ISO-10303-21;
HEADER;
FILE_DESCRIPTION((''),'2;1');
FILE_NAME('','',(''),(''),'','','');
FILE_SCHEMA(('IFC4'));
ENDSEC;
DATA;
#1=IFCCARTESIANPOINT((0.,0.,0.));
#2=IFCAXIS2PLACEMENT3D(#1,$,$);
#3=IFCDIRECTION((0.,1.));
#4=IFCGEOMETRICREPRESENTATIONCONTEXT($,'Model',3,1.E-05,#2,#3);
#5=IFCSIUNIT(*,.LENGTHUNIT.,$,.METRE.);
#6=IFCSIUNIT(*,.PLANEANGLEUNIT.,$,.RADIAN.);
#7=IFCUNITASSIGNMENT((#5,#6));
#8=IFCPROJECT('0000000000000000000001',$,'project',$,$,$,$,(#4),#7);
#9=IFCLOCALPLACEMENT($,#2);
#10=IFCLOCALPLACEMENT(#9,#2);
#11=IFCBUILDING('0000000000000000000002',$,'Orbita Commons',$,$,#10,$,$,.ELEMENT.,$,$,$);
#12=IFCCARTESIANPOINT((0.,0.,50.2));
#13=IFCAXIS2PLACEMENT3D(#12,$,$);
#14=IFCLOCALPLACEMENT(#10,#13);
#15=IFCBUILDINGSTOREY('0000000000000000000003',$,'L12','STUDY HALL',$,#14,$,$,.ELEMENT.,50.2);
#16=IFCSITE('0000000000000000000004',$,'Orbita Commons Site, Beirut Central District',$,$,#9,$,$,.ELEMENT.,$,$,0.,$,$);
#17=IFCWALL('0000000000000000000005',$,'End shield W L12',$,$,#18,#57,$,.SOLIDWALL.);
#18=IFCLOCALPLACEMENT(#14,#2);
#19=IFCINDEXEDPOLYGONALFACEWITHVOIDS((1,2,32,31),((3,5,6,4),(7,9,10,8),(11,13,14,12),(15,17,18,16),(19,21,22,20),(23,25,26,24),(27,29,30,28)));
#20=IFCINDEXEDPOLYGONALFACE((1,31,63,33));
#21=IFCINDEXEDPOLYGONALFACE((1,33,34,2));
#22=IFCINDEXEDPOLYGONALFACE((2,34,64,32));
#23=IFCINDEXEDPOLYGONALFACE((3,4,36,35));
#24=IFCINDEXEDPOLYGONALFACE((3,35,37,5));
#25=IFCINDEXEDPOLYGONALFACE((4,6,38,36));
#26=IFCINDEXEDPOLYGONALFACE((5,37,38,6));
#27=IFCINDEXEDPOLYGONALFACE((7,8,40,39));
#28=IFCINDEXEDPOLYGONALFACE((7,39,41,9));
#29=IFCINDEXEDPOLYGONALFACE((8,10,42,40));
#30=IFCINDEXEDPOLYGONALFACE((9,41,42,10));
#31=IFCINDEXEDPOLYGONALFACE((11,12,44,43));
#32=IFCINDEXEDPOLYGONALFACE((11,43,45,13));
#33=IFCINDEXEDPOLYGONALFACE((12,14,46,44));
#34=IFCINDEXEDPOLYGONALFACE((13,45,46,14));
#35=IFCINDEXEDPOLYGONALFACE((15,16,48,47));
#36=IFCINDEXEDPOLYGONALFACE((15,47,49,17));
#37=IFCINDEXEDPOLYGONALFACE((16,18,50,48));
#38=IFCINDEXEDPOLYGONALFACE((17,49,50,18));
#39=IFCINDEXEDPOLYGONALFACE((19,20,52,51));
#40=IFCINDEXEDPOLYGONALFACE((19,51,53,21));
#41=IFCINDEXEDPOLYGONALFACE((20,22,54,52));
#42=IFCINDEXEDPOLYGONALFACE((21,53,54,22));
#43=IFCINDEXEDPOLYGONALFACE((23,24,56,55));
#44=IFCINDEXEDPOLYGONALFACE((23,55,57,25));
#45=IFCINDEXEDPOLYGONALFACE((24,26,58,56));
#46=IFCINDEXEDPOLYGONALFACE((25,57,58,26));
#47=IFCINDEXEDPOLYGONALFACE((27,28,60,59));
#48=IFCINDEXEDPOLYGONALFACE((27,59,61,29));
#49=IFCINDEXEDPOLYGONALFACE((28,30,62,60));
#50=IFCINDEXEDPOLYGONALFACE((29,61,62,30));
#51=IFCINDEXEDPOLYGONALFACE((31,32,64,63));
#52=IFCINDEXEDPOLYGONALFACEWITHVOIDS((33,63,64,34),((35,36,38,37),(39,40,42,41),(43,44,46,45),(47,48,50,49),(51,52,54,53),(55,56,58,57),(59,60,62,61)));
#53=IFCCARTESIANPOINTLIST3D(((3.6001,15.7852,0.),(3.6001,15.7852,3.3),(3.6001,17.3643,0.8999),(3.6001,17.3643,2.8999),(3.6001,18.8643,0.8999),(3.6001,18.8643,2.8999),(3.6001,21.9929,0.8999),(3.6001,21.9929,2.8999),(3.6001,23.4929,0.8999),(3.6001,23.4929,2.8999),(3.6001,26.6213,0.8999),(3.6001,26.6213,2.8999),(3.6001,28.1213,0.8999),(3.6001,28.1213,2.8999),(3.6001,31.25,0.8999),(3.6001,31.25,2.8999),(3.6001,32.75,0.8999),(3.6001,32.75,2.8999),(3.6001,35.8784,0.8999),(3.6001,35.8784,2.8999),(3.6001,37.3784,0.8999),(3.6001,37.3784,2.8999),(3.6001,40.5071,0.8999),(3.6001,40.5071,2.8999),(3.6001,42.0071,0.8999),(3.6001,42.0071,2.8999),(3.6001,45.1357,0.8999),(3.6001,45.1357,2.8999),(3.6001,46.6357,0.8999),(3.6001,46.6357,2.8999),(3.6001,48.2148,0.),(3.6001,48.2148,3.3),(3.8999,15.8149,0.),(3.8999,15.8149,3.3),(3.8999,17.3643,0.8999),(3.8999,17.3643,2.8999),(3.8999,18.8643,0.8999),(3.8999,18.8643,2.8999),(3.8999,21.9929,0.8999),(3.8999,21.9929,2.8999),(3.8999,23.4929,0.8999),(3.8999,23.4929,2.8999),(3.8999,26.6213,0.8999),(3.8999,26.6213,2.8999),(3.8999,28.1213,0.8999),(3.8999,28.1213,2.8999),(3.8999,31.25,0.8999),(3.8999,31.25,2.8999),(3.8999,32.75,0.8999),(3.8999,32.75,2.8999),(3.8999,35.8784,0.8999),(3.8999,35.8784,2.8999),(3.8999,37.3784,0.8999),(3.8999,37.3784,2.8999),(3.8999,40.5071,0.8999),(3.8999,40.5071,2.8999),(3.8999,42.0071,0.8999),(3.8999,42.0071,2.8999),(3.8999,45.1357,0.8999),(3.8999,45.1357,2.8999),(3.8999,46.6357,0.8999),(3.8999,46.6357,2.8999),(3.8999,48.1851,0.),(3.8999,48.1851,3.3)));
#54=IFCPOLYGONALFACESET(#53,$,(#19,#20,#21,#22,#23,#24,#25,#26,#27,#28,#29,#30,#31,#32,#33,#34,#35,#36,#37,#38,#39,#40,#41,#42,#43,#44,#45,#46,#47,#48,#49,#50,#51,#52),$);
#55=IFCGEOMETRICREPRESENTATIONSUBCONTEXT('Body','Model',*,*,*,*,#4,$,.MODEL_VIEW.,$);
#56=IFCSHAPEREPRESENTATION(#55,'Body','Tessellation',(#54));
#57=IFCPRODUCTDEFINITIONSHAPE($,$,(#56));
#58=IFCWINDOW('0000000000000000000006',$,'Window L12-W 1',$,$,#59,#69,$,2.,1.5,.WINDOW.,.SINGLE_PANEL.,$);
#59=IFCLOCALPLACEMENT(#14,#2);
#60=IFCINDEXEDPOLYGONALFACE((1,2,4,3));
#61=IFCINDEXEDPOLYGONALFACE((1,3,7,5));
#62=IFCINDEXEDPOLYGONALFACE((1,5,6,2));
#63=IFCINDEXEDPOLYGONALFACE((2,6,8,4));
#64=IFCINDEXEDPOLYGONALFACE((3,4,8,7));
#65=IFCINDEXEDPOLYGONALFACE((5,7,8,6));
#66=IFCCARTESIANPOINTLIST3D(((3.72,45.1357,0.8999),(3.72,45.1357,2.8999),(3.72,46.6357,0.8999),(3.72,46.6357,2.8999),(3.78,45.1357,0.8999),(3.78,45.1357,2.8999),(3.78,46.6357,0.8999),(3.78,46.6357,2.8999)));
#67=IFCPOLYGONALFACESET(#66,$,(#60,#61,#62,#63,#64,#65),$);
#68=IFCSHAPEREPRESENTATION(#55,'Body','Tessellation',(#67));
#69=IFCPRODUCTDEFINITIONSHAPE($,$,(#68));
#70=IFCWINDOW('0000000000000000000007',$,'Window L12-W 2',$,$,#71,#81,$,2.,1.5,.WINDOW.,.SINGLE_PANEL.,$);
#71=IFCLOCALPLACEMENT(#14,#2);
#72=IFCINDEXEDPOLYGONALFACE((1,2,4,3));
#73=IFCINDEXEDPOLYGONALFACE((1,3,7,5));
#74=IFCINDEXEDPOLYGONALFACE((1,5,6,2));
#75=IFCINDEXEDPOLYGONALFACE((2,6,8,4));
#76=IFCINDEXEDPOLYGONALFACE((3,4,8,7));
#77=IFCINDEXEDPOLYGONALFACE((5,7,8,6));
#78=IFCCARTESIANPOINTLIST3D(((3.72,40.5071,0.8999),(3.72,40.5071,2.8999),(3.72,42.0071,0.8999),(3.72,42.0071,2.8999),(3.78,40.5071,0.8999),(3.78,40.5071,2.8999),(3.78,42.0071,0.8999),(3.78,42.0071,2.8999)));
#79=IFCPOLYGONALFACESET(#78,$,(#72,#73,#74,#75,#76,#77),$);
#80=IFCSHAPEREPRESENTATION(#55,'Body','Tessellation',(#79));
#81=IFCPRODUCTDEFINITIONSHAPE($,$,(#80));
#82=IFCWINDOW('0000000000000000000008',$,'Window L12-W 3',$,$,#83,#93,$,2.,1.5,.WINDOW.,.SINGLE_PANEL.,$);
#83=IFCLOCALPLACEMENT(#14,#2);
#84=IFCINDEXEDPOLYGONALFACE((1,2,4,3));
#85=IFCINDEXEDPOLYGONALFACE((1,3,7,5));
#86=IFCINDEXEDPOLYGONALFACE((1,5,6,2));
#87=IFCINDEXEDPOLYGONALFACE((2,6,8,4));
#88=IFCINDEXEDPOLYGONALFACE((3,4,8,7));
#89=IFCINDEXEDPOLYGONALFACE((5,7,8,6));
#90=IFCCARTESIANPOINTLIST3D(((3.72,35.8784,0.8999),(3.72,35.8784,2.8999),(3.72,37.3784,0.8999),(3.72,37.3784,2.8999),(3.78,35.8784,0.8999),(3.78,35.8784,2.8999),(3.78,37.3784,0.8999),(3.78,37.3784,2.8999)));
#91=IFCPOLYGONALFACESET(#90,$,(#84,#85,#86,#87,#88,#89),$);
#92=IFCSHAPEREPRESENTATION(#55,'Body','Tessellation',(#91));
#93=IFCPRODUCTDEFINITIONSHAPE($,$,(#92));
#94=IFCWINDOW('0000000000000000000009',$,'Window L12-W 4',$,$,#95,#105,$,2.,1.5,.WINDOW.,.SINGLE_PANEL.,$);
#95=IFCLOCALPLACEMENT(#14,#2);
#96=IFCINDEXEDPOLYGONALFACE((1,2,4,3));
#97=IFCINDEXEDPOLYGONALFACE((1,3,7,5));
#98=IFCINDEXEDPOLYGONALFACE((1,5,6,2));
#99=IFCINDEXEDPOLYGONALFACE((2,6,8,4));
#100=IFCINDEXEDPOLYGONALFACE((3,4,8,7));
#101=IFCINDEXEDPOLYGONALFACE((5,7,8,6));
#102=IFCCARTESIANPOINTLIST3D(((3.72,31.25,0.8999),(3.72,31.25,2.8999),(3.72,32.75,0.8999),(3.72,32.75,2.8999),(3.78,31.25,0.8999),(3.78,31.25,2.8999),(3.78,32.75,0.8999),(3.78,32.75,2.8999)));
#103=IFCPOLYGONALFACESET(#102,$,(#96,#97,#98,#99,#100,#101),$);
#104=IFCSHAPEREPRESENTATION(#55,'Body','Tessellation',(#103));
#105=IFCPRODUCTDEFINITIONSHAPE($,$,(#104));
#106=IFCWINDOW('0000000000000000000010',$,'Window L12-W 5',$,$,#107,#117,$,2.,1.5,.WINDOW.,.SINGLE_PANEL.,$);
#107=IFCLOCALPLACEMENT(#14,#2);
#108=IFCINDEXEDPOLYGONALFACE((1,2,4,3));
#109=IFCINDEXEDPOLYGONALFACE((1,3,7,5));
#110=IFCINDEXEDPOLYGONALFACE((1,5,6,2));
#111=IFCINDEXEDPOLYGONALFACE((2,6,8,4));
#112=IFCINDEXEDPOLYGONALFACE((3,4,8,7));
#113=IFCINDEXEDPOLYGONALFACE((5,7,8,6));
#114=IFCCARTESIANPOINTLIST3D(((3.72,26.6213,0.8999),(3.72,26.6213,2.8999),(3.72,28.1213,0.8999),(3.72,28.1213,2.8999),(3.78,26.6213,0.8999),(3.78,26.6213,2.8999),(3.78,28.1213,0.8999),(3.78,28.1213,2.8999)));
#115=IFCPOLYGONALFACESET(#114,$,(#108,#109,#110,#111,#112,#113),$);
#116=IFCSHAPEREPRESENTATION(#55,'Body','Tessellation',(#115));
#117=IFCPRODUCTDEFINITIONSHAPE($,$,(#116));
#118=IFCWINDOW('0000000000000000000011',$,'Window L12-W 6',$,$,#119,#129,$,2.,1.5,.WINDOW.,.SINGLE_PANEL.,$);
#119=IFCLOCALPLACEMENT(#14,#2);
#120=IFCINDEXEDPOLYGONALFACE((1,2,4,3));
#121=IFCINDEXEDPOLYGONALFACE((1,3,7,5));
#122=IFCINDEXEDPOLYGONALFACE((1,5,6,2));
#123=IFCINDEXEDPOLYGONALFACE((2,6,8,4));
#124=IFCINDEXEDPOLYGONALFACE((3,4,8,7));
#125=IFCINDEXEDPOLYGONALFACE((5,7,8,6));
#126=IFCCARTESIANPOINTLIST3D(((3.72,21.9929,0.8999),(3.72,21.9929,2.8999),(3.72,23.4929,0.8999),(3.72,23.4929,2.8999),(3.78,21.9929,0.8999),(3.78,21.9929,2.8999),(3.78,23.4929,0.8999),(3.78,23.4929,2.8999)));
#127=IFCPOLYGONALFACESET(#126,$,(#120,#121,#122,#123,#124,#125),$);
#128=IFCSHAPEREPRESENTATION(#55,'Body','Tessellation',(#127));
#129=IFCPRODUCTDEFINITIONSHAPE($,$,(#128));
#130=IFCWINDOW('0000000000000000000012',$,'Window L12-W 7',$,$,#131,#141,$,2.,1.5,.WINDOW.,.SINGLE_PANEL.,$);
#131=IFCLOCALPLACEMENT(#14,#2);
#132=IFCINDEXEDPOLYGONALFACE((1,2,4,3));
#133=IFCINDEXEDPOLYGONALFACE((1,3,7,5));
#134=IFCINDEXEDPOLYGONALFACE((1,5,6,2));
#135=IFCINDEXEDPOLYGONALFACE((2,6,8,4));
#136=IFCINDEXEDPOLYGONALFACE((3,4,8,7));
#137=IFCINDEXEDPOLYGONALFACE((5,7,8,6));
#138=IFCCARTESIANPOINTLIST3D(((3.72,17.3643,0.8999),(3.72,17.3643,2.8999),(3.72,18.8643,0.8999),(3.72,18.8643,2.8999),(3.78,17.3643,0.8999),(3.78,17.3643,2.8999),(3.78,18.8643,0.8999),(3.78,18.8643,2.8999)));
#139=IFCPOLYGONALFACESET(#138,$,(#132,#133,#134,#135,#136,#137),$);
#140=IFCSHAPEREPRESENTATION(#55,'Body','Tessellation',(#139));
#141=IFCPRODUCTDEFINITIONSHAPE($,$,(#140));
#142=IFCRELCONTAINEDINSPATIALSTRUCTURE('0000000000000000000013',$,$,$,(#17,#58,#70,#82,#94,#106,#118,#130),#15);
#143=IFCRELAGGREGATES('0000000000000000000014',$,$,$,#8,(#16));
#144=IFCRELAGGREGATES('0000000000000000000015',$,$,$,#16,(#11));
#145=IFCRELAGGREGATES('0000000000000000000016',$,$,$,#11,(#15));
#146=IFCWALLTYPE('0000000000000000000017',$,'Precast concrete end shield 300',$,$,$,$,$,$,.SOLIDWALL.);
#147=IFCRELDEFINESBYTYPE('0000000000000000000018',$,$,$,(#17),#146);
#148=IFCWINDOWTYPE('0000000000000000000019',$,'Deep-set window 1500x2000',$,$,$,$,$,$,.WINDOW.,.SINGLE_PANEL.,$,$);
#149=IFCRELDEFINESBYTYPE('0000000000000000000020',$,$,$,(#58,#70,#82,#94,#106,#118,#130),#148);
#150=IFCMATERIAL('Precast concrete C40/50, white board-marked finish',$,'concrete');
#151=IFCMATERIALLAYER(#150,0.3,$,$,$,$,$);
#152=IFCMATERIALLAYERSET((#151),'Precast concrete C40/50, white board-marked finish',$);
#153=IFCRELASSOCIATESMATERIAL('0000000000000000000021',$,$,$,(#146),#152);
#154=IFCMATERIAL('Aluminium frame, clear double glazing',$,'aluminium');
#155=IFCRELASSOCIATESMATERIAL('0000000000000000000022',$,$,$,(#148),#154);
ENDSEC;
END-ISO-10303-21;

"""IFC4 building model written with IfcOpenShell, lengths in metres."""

from ifc_helpers import new_model, si_unit, direction, frame, frame_2d, origin, place, context, subcontext, project, spatial, polyline, rectangle, outline, extrude, material, layer, layer_set, type_object, element, fill, save


model = new_model("IFC4")

# Units and contexts
model_context = context("Model", 3, precision=1e-05, world=origin(), true_north=direction((0.0, 1.0)))
body_context = subcontext(model_context, "Body", "Model", "MODEL_VIEW")
ifc_project = project(units=[si_unit("LENGTHUNIT", "METRE"), si_unit("PLANEANGLEUNIT", "RADIAN")], contexts=[model_context])

# Site, building, storey
site_placement = place(None, origin())
site = spatial("IfcSite", under=ifc_project, at=site_placement, Name="Orbita Commons Site, Beirut Central District", CompositionType="ELEMENT", RefElevation=0.0)
building_placement = place(site_placement, origin())
building = spatial("IfcBuilding", under=site, at=building_placement, Name="Orbita Commons", CompositionType="ELEMENT")
storey_placement = place(building_placement, frame((0.0, 0.0, 50.2)))
storey = spatial("IfcBuildingStorey", under=building, at=storey_placement, Name="L12", Description="STUDY HALL", CompositionType="ELEMENT", Elevation=50.2)

# Wall, openings, windows
ifc_material_1 = material(Name="Precast concrete C40/50, white board-marked finish", Category="concrete")
ifc_layer_1 = layer(ifc_material_1, 0.3)
ifc_layer_set_1 = layer_set([ifc_layer_1], Name="Precast concrete C40/50, white board-marked finish")
wall_type_1 = type_object("IfcWallType", Name="Precast concrete end shield 300", PredefinedType="SOLIDWALL", material=ifc_layer_set_1)
wall_1_placement = place(storey_placement, frame((3.75, 48.2, 0.0), z_axis=(0.0, 0.0, 1.0), x_axis=(0.0, -1.0, 0.0)))
wall_1 = element("IfcWall", 1, at=wall_1_placement, inside=storey, type_object=wall_type_1, Name="End shield W L12", PredefinedType="SOLIDWALL", context=body_context, shape_type="SweptSolid", body=[
    extrude(outline(polyline([(-0.0149, -0.1499), (32.4148, -0.1499), (32.385, 0.1499), (0.0149, 0.1499), (-0.0149, -0.1499)])), origin(), (0.0, 0.0, 1.0), 3.3),
])
opening_1_placement = place(wall_1_placement, frame((1.5642, 0.0, 0.8999)))
opening_1 = element("IfcOpeningElement", 2, at=opening_1_placement, cuts=wall_1, PredefinedType="OPENING", context=body_context, shape_type="SweptSolid", body=[
    extrude(rectangle(XDim=1.5, YDim=2.0, at=frame_2d((0.75, 1.0))), frame((0.0, 0.1599, 0.0), z_axis=(0.0, -1.0, 0.0), x_axis=(1.0, 0.0, 0.0)), (0.0, 0.0, 1.0), 0.3201),
])
opening_2_placement = place(wall_1_placement, frame((6.1929, 0.0, 0.8999)))
opening_2 = element("IfcOpeningElement", 3, at=opening_2_placement, cuts=wall_1, PredefinedType="OPENING", context=body_context, shape_type="SweptSolid", body=[
    extrude(rectangle(XDim=1.5, YDim=2.0, at=frame_2d((0.75, 1.0))), frame((0.0, 0.1599, 0.0), z_axis=(0.0, -1.0, 0.0), x_axis=(1.0, 0.0, 0.0)), (0.0, 0.0, 1.0), 0.3201),
])
opening_3_placement = place(wall_1_placement, frame((10.8215, 0.0, 0.8999)))
opening_3 = element("IfcOpeningElement", 4, at=opening_3_placement, cuts=wall_1, PredefinedType="OPENING", context=body_context, shape_type="SweptSolid", body=[
    extrude(rectangle(XDim=1.5, YDim=2.0, at=frame_2d((0.75, 1.0))), frame((0.0, 0.1599, 0.0), z_axis=(0.0, -1.0, 0.0), x_axis=(1.0, 0.0, 0.0)), (0.0, 0.0, 1.0), 0.3201),
])
opening_4_placement = place(wall_1_placement, frame((15.45, 0.0, 0.8999)))
opening_4 = element("IfcOpeningElement", 5, at=opening_4_placement, cuts=wall_1, PredefinedType="OPENING", context=body_context, shape_type="SweptSolid", body=[
    extrude(rectangle(XDim=1.5, YDim=2.0, at=frame_2d((0.75, 1.0))), frame((0.0, 0.1599, 0.0), z_axis=(0.0, -1.0, 0.0), x_axis=(1.0, 0.0, 0.0)), (0.0, 0.0, 1.0), 0.3201),
])
opening_5_placement = place(wall_1_placement, frame((20.0786, 0.0, 0.8999)))
opening_5 = element("IfcOpeningElement", 6, at=opening_5_placement, cuts=wall_1, PredefinedType="OPENING", context=body_context, shape_type="SweptSolid", body=[
    extrude(rectangle(XDim=1.5, YDim=2.0, at=frame_2d((0.75, 1.0))), frame((0.0, 0.1599, 0.0), z_axis=(0.0, -1.0, 0.0), x_axis=(1.0, 0.0, 0.0)), (0.0, 0.0, 1.0), 0.3201),
])
opening_6_placement = place(wall_1_placement, frame((24.707, 0.0, 0.8999)))
opening_6 = element("IfcOpeningElement", 7, at=opening_6_placement, cuts=wall_1, PredefinedType="OPENING", context=body_context, shape_type="SweptSolid", body=[
    extrude(rectangle(XDim=1.5, YDim=2.0, at=frame_2d((0.75, 1.0))), frame((0.0, 0.1599, 0.0), z_axis=(0.0, -1.0, 0.0), x_axis=(1.0, 0.0, 0.0)), (0.0, 0.0, 1.0), 0.3201),
])
opening_7_placement = place(wall_1_placement, frame((29.3357, 0.0, 0.8999)))
opening_7 = element("IfcOpeningElement", 8, at=opening_7_placement, cuts=wall_1, PredefinedType="OPENING", context=body_context, shape_type="SweptSolid", body=[
    extrude(rectangle(XDim=1.5, YDim=2.0, at=frame_2d((0.75, 1.0))), frame((0.0, 0.1599, 0.0), z_axis=(0.0, -1.0, 0.0), x_axis=(1.0, 0.0, 0.0)), (0.0, 0.0, 1.0), 0.3201),
])
ifc_material_2 = material(Name="Aluminium frame, clear double glazing", Category="aluminium")
window_type_1 = type_object("IfcWindowType", Name="Deep-set window 1500x2000", PartitioningType="SINGLE_PANEL", PredefinedType="WINDOW", material=ifc_material_2)
window_1_placement = place(opening_1_placement, origin())
window_1 = element("IfcWindow", 9, at=window_1_placement, inside=storey, type_object=window_type_1, Name="Window L12-W 1", OverallHeight=2.0, OverallWidth=1.5, PartitioningType="SINGLE_PANEL", PredefinedType="WINDOW", context=body_context, shape_type="SweptSolid", body=[
    extrude(rectangle(XDim=1.5, YDim=2.0, at=frame_2d((0.75, 1.0))), frame((0.0, 0.03, 0.0), z_axis=(0.0, -1.0, 0.0), x_axis=(1.0, 0.0, 0.0)), (0.0, 0.0, 1.0), 0.0601),
])
fill(opening_1, window_1)
window_2_placement = place(opening_2_placement, origin())
window_2 = element("IfcWindow", 10, at=window_2_placement, inside=storey, type_object=window_type_1, Name="Window L12-W 2", OverallHeight=2.0, OverallWidth=1.5, PartitioningType="SINGLE_PANEL", PredefinedType="WINDOW", context=body_context, shape_type="SweptSolid", body=[
    extrude(rectangle(XDim=1.5, YDim=2.0, at=frame_2d((0.75, 1.0))), frame((0.0, 0.03, 0.0), z_axis=(0.0, -1.0, 0.0), x_axis=(1.0, 0.0, 0.0)), (0.0, 0.0, 1.0), 0.0601),
])
fill(opening_2, window_2)
window_3_placement = place(opening_3_placement, origin())
window_3 = element("IfcWindow", 11, at=window_3_placement, inside=storey, type_object=window_type_1, Name="Window L12-W 3", OverallHeight=2.0, OverallWidth=1.5, PartitioningType="SINGLE_PANEL", PredefinedType="WINDOW", context=body_context, shape_type="SweptSolid", body=[
    extrude(rectangle(XDim=1.5, YDim=2.0, at=frame_2d((0.75, 1.0))), frame((0.0, 0.03, 0.0), z_axis=(0.0, -1.0, 0.0), x_axis=(1.0, 0.0, 0.0)), (0.0, 0.0, 1.0), 0.0601),
])
fill(opening_3, window_3)
window_4_placement = place(opening_4_placement, origin())
window_4 = element("IfcWindow", 12, at=window_4_placement, inside=storey, type_object=window_type_1, Name="Window L12-W 4", OverallHeight=2.0, OverallWidth=1.5, PartitioningType="SINGLE_PANEL", PredefinedType="WINDOW", context=body_context, shape_type="SweptSolid", body=[
    extrude(rectangle(XDim=1.5, YDim=2.0, at=frame_2d((0.75, 1.0))), frame((0.0, 0.03, 0.0), z_axis=(0.0, -1.0, 0.0), x_axis=(1.0, 0.0, 0.0)), (0.0, 0.0, 1.0), 0.0601),
])
fill(opening_4, window_4)
window_5_placement = place(opening_5_placement, origin())
window_5 = element("IfcWindow", 13, at=window_5_placement, inside=storey, type_object=window_type_1, Name="Window L12-W 5", OverallHeight=2.0, OverallWidth=1.5, PartitioningType="SINGLE_PANEL", PredefinedType="WINDOW", context=body_context, shape_type="SweptSolid", body=[
    extrude(rectangle(XDim=1.5, YDim=2.0, at=frame_2d((0.75, 1.0))), frame((0.0, 0.03, 0.0), z_axis=(0.0, -1.0, 0.0), x_axis=(1.0, 0.0, 0.0)), (0.0, 0.0, 1.0), 0.0601),
])
fill(opening_5, window_5)
window_6_placement = place(opening_6_placement, origin())
window_6 = element("IfcWindow", 14, at=window_6_placement, inside=storey, type_object=window_type_1, Name="Window L12-W 6", OverallHeight=2.0, OverallWidth=1.5, PartitioningType="SINGLE_PANEL", PredefinedType="WINDOW", context=body_context, shape_type="SweptSolid", body=[
    extrude(rectangle(XDim=1.5, YDim=2.0, at=frame_2d((0.75, 1.0))), frame((0.0, 0.03, 0.0), z_axis=(0.0, -1.0, 0.0), x_axis=(1.0, 0.0, 0.0)), (0.0, 0.0, 1.0), 0.0601),
])
fill(opening_6, window_6)
window_7_placement = place(opening_7_placement, origin())
window_7 = element("IfcWindow", 15, at=window_7_placement, inside=storey, type_object=window_type_1, Name="Window L12-W 7", OverallHeight=2.0, OverallWidth=1.5, PartitioningType="SINGLE_PANEL", PredefinedType="WINDOW", context=body_context, shape_type="SweptSolid", body=[
    extrude(rectangle(XDim=1.5, YDim=2.0, at=frame_2d((0.75, 1.0))), frame((0.0, 0.03, 0.0), z_axis=(0.0, -1.0, 0.0), x_axis=(1.0, 0.0, 0.0)), (0.0, 0.0, 1.0), 0.0601),
])
fill(opening_7, window_7)

save(model, "model.ifc")
